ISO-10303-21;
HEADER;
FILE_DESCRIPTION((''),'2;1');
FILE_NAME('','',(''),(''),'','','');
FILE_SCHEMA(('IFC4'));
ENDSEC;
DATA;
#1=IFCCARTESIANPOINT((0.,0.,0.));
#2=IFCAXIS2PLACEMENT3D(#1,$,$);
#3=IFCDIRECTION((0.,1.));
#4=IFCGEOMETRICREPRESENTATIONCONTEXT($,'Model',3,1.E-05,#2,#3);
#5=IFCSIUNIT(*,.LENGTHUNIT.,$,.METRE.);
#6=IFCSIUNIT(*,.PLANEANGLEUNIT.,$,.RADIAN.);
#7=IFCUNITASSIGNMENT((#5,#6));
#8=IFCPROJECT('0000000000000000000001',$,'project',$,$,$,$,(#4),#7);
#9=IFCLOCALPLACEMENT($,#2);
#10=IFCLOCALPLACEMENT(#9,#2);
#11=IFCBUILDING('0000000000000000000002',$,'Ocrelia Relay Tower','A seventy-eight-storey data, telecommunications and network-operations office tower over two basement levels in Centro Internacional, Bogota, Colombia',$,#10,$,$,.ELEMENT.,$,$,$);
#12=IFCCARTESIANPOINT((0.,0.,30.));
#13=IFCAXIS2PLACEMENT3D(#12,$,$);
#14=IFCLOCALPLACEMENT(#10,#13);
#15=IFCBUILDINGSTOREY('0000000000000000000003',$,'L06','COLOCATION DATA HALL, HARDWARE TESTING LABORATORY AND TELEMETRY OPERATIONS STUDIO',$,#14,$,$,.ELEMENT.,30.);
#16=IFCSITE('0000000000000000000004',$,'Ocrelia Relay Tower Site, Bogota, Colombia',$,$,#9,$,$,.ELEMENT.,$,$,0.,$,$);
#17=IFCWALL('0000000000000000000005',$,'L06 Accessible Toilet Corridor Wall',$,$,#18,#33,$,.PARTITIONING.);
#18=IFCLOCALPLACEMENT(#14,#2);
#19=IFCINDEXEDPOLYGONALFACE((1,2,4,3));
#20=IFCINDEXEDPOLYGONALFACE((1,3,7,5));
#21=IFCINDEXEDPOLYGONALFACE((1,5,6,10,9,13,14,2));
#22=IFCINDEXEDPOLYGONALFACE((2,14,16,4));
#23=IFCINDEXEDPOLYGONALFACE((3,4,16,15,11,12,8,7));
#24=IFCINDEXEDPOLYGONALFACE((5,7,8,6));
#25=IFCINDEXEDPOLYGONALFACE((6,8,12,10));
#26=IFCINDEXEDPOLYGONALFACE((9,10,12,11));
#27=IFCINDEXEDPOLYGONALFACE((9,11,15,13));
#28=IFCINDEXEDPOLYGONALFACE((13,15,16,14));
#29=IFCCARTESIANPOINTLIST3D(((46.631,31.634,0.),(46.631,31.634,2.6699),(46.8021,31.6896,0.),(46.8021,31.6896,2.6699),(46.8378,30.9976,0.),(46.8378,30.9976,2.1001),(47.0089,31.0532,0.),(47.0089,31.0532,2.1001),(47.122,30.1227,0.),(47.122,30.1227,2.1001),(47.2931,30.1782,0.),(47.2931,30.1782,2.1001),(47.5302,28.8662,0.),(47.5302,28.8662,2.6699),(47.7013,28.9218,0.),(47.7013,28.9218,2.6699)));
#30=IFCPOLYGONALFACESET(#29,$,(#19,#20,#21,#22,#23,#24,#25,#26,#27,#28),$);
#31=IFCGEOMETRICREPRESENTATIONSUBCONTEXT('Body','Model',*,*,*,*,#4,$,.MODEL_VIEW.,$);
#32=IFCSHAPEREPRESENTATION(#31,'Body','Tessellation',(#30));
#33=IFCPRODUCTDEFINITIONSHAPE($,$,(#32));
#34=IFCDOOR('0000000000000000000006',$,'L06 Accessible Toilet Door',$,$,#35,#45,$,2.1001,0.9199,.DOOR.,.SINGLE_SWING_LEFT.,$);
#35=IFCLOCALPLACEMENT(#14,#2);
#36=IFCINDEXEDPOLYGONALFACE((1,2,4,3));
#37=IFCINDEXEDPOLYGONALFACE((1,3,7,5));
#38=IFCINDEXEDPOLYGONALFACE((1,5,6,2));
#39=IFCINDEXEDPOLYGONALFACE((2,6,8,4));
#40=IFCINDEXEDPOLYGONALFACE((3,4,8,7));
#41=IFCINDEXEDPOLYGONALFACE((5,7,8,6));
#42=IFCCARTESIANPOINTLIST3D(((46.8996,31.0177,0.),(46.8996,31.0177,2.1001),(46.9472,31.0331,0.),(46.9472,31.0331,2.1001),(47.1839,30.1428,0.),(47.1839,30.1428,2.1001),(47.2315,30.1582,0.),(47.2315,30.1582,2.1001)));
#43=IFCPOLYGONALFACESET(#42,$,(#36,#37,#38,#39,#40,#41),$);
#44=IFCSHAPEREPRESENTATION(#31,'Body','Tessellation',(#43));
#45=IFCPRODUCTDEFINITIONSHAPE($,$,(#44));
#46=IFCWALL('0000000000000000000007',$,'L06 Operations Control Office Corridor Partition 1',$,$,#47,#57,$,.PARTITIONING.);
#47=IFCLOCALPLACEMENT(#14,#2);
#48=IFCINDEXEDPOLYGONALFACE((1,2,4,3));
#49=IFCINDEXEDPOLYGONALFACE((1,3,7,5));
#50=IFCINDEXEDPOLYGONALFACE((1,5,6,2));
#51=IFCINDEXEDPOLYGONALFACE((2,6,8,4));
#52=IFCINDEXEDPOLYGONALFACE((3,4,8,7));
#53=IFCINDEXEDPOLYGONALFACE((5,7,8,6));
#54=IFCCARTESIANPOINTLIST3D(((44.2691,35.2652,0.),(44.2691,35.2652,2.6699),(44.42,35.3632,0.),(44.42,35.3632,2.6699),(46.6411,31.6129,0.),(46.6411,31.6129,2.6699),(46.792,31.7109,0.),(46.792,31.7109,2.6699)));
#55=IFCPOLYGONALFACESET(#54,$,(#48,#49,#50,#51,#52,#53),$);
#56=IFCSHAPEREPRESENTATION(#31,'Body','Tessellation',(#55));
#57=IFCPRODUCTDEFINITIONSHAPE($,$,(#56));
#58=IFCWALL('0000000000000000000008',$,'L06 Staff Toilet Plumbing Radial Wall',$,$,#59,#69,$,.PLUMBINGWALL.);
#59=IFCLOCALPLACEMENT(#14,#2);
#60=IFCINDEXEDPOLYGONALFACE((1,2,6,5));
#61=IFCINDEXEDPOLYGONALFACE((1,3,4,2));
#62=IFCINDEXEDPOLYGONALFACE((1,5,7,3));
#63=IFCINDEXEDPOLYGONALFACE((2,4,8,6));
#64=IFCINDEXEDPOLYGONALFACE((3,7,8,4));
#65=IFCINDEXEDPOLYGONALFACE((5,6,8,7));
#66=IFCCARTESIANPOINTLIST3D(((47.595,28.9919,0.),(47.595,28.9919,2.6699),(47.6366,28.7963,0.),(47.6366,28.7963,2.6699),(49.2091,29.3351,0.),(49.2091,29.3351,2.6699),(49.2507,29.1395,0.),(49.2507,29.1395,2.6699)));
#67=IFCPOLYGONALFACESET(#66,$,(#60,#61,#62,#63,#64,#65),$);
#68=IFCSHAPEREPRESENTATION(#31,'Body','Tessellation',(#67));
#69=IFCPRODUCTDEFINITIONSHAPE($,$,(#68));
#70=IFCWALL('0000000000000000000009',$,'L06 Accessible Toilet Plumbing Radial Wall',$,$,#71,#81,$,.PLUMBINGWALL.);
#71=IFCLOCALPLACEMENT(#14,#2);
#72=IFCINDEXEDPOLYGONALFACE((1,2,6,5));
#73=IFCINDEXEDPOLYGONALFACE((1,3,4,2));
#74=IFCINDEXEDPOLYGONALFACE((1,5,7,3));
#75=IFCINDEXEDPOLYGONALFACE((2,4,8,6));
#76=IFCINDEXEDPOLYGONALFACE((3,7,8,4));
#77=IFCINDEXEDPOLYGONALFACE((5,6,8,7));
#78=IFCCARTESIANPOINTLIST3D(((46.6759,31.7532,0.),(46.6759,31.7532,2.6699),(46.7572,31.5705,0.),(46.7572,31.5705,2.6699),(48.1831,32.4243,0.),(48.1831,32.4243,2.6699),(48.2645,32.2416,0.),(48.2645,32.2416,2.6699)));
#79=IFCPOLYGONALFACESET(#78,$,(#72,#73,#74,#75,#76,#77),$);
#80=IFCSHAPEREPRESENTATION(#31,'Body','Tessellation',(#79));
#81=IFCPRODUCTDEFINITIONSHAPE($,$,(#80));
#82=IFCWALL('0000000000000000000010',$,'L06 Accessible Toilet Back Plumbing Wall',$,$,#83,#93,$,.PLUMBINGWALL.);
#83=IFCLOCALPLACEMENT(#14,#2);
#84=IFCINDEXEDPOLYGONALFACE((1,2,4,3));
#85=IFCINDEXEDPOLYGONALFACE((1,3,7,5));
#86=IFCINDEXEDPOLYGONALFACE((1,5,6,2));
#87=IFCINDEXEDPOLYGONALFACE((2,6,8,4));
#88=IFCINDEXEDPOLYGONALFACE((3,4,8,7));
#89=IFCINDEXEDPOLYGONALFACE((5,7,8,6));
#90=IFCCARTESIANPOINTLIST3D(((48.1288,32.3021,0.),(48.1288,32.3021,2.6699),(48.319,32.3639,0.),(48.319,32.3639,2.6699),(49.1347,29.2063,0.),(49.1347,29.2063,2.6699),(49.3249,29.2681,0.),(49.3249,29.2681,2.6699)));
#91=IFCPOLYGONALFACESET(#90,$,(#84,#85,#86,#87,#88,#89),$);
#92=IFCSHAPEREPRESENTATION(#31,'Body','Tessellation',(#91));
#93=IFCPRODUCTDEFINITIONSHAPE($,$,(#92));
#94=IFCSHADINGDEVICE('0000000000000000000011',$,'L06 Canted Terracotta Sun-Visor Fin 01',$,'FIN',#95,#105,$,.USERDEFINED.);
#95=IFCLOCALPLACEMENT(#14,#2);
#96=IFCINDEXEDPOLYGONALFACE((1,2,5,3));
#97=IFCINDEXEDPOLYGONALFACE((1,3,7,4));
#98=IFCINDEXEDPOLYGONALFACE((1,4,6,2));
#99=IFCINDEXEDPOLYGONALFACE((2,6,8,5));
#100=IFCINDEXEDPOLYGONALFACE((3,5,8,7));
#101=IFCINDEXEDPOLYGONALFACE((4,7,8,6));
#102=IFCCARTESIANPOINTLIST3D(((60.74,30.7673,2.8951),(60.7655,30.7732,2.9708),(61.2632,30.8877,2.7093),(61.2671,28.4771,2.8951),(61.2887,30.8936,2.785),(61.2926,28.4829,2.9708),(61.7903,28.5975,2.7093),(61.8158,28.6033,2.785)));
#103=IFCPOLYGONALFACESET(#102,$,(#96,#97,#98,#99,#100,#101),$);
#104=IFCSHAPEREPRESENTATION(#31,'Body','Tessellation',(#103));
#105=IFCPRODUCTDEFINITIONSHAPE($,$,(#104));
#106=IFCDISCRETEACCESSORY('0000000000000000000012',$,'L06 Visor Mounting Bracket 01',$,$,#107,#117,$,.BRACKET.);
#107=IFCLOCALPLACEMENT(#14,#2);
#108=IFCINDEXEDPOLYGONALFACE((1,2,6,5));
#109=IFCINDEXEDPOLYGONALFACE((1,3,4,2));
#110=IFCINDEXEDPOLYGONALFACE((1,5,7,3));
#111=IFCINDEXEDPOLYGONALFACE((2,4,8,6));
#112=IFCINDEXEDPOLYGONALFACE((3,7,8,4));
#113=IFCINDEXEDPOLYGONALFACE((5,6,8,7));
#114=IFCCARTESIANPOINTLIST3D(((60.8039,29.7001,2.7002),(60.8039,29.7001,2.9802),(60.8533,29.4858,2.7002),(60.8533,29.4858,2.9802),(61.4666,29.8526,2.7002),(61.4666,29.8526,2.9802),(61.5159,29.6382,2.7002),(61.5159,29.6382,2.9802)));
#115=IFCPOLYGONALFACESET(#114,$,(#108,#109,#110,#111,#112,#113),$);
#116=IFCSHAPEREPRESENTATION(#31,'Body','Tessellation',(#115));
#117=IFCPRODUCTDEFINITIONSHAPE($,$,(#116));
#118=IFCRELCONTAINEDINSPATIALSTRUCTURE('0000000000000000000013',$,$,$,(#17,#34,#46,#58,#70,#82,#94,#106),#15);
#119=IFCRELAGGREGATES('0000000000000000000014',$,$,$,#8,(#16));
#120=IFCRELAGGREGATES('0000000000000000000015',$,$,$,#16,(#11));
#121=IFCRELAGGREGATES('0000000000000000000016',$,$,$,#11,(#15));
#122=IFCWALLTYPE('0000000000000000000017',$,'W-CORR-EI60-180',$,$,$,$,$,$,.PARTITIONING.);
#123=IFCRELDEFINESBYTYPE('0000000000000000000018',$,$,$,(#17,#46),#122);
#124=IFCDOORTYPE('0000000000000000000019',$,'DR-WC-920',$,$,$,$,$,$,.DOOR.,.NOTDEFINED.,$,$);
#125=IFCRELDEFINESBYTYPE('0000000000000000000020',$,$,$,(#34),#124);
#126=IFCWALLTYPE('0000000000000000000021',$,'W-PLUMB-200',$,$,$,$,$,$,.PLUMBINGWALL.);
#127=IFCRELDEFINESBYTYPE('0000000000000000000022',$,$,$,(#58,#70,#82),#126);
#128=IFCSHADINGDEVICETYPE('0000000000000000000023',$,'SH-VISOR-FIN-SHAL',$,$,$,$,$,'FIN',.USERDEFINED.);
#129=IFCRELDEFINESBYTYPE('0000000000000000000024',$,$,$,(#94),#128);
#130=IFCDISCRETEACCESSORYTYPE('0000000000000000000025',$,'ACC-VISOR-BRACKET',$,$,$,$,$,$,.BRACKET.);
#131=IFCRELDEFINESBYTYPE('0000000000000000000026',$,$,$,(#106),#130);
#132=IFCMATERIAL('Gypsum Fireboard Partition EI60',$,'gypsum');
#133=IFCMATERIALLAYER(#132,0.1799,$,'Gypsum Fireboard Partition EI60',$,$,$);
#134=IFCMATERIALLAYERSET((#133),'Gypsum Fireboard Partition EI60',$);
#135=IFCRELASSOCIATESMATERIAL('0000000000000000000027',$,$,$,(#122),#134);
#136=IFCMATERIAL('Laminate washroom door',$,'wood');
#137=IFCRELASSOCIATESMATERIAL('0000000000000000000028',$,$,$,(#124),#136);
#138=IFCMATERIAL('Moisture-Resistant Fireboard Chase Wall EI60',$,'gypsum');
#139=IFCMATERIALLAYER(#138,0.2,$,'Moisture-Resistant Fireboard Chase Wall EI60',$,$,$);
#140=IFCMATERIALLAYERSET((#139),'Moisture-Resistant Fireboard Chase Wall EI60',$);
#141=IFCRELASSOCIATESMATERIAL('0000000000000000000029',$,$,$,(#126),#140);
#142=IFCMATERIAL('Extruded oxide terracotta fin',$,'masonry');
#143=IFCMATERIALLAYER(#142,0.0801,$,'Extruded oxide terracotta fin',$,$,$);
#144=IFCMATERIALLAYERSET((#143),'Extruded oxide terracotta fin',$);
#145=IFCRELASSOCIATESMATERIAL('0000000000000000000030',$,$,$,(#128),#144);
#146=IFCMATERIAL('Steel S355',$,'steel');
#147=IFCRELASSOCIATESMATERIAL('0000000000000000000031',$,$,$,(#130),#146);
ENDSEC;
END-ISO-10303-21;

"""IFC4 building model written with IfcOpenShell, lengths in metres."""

from ifc_helpers import new_model, si_unit, direction, frame, frame_2d, origin, origin_2d, place, context, subcontext, project, spatial, rectangle, extrude, material, layer, layer_set, type_object, element, fill, save


model = new_model("IFC4")

# Units and contexts
model_context = context("Model", 3, precision=1e-05, world=origin(), true_north=direction((0.0, 1.0)))
body_context = subcontext(model_context, "Body", "Model", "MODEL_VIEW")
ifc_project = project(units=[si_unit("LENGTHUNIT", "METRE"), si_unit("PLANEANGLEUNIT", "RADIAN")], contexts=[model_context])

# Site, building, storey
site_placement = place(None, origin())
site = spatial("IfcSite", under=ifc_project, at=site_placement, Name="Ocrelia Relay Tower Site, Bogota, Colombia", CompositionType="ELEMENT", RefElevation=0.0)
building_placement = place(site_placement, origin())
building = spatial("IfcBuilding", under=site, at=building_placement, Name="Ocrelia Relay Tower", Description="A seventy-eight-storey data, telecommunications and network-operations office tower over two basement levels in Centro Internacional, Bogota, Colombia", CompositionType="ELEMENT")
storey_placement = place(building_placement, frame((0.0, 0.0, 30.0)))
storey = spatial("IfcBuildingStorey", under=building, at=storey_placement, Name="L06", Description="COLOCATION DATA HALL, HARDWARE TESTING LABORATORY AND TELEMETRY OPERATIONS STUDIO", CompositionType="ELEMENT", Elevation=30.0)

# Shared definitions
ifc_material_1 = material(Name="Steel S355", Category="steel")

# Wall, opening, door
ifc_material_2 = material(Name="Gypsum Fireboard Partition EI60", Category="gypsum")
ifc_layer_1 = layer(ifc_material_2, 0.1799, Name="Gypsum Fireboard Partition EI60")
ifc_layer_set_1 = layer_set([ifc_layer_1], Name="Gypsum Fireboard Partition EI60")
wall_type_1 = type_object("IfcWallType", Name="W-CORR-EI60-180", PredefinedType="PARTITIONING", material=ifc_layer_set_1)
wall_1_placement = place(storey_placement, frame((47.6157, 28.894, 0.0), z_axis=(0.0, 0.0, 1.0), x_axis=(-0.30897, 0.951072, 0.0)))
wall_1 = element("IfcWall", 1, at=wall_1_placement, inside=storey, type_object=wall_type_1, Name="L06 Accessible Toilet Corridor Wall", PredefinedType="PARTITIONING", context=body_context, shape_type="SweptSolid", body=[
    extrude(rectangle(XDim=2.9102, YDim=0.1799, at=frame_2d((1.4551, 0.0))), origin(), (0.0, 0.0, 1.0), 2.6699),
])
opening_placement = place(wall_1_placement, frame((1.321, 0.0, 0.0)))
opening = element("IfcOpeningElement", 2, at=opening_placement, cuts=wall_1, PredefinedType="OPENING", context=body_context, shape_type="SweptSolid", body=[
    extrude(rectangle(XDim=0.9199, YDim=2.1001, at=frame_2d((0.46, 1.05))), frame((0.0, 0.1001, 0.0), z_axis=(0.0, -1.0, 0.0), x_axis=(1.0, 0.0, 0.0)), (0.0, 0.0, 1.0), 0.2),
])
ifc_material_3 = material(Name="Laminate washroom door", Category="wood")
door_type = type_object("IfcDoorType", Name="DR-WC-920", OperationType="NOTDEFINED", PredefinedType="DOOR", material=ifc_material_3)
door_placement = place(opening_placement, origin())
door = element("IfcDoor", 3, at=door_placement, inside=storey, type_object=door_type, Name="L06 Accessible Toilet Door", OperationType="SINGLE_SWING_LEFT", OverallHeight=2.1001, OverallWidth=0.9199, PredefinedType="DOOR", context=body_context, shape_type="SweptSolid", body=[
    extrude(rectangle(XDim=0.9199, YDim=2.1001, at=frame_2d((0.46, 1.05))), frame((0.0, 0.0249, 0.0), z_axis=(0.0, -1.0, 0.0), x_axis=(1.0, 0.0, 0.0)), (0.0, 0.0, 1.0), 0.05),
])
fill(opening, door)

# Walls
wall_2_placement = place(storey_placement, frame((46.7166, 31.6619, 0.0), z_axis=(0.0, 0.0, 1.0), x_axis=(-0.544673, 0.838648, 0.0)))
element("IfcWall", 4, at=wall_2_placement, inside=storey, type_object=wall_type_1, Name="L06 Operations Control Office Corridor Partition 1", PredefinedType="PARTITIONING", context=body_context, shape_type="SweptSolid", body=[
    extrude(rectangle(XDim=4.355, YDim=0.1799, at=frame_2d((2.1775, 0.0))), origin(), (0.0, 0.0, 1.0), 2.6699),
])
ifc_material_4 = material(Name="Moisture-Resistant Fireboard Chase Wall EI60", Category="gypsum")
ifc_layer_2 = layer(ifc_material_4, 0.2, Name="Moisture-Resistant Fireboard Chase Wall EI60")
ifc_layer_set_2 = layer_set([ifc_layer_2], Name="Moisture-Resistant Fireboard Chase Wall EI60")
wall_type_2 = type_object("IfcWallType", Name="W-PLUMB-200", PredefinedType="PLUMBINGWALL", material=ifc_layer_set_2)
wall_3_placement = place(storey_placement, frame((47.6157, 28.894, 0.0), z_axis=(0.0, 0.0, 1.0), x_axis=(0.978124, 0.208023, 0.0)))
element("IfcWall", 5, at=wall_3_placement, inside=storey, type_object=wall_type_2, Name="L06 Staff Toilet Plumbing Radial Wall", PredefinedType="PLUMBINGWALL", context=body_context, shape_type="SweptSolid", body=[
    extrude(rectangle(XDim=1.6501, YDim=0.2, at=frame_2d((0.8252, 0.0))), origin(), (0.0, 0.0, 1.0), 2.6699),
])
wall_4_placement = place(storey_placement, frame((46.7166, 31.6619, 0.0), z_axis=(0.0, 0.0, 1.0), x_axis=(0.913537, 0.406756, 0.0)))
element("IfcWall", 6, at=wall_4_placement, inside=storey, type_object=wall_type_2, Name="L06 Accessible Toilet Plumbing Radial Wall", PredefinedType="PLUMBINGWALL", context=body_context, shape_type="SweptSolid", body=[
    extrude(rectangle(XDim=1.6499, YDim=0.2, at=frame_2d((0.825, 0.0))), origin(), (0.0, 0.0, 1.0), 2.6699),
])
wall_5_placement = place(storey_placement, frame((49.2297, 29.2373, 0.0), z_axis=(0.0, 0.0, 1.0), x_axis=(-0.309018, 0.951056, 0.0)))
element("IfcWall", 7, at=wall_5_placement, inside=storey, type_object=wall_type_2, Name="L06 Accessible Toilet Back Plumbing Wall", PredefinedType="PLUMBINGWALL", context=body_context, shape_type="SweptSolid", body=[
    extrude(rectangle(XDim=3.2551, YDim=0.2, at=frame_2d((1.6274, 0.0))), origin(), (0.0, 0.0, 1.0), 2.6699),
])

# Shading device
ifc_material_5 = material(Name="Extruded oxide terracotta fin", Category="masonry")
ifc_layer_3 = layer(ifc_material_5, 0.0801, Name="Extruded oxide terracotta fin")
ifc_layer_set_3 = layer_set([ifc_layer_3], Name="Extruded oxide terracotta fin")
shading_device_type = type_object("IfcShadingDeviceType", Name="SH-VISOR-FIN-SHAL", ElementType="FIN", PredefinedType="USERDEFINED", material=ifc_layer_set_3)
shading_device_placement = place(storey_placement, frame((61.2651, 29.6824, 2.8022), z_axis=(0.318722, 0.073348, 0.945006), x_axis=(-0.224268, 0.974527, 0.0)))
element("IfcShadingDevice", 8, at=shading_device_placement, inside=storey, type_object=shading_device_type, Name="L06 Canted Terracotta Sun-Visor Fin 01", ObjectType="FIN", PredefinedType="USERDEFINED", context=body_context, shape_type="SweptSolid", body=[
    extrude(rectangle(XDim=2.3501, YDim=0.5681, at=origin_2d()), origin(), (0.0, 0.0, 1.0), 0.0801),
])

# Discrete accessory
discrete_accessory_type = type_object("IfcDiscreteAccessoryType", Name="ACC-VISOR-BRACKET", PredefinedType="BRACKET", material=ifc_material_1)
discrete_accessory_placement = place(storey_placement, frame((61.1599, 29.6692, 2.7002), z_axis=(0.0, 0.0, 1.0), x_axis=(-0.224268, 0.974527, 0.0)))
element("IfcDiscreteAccessory", 9, at=discrete_accessory_placement, inside=storey, type_object=discrete_accessory_type, Name="L06 Visor Mounting Bracket 01", PredefinedType="BRACKET", context=body_context, shape_type="SweptSolid", body=[
    extrude(rectangle(XDim=0.22, YDim=0.6799, at=origin_2d()), origin(), (0.0, 0.0, 1.0), 0.28),
])

save(model, "model.ifc")
